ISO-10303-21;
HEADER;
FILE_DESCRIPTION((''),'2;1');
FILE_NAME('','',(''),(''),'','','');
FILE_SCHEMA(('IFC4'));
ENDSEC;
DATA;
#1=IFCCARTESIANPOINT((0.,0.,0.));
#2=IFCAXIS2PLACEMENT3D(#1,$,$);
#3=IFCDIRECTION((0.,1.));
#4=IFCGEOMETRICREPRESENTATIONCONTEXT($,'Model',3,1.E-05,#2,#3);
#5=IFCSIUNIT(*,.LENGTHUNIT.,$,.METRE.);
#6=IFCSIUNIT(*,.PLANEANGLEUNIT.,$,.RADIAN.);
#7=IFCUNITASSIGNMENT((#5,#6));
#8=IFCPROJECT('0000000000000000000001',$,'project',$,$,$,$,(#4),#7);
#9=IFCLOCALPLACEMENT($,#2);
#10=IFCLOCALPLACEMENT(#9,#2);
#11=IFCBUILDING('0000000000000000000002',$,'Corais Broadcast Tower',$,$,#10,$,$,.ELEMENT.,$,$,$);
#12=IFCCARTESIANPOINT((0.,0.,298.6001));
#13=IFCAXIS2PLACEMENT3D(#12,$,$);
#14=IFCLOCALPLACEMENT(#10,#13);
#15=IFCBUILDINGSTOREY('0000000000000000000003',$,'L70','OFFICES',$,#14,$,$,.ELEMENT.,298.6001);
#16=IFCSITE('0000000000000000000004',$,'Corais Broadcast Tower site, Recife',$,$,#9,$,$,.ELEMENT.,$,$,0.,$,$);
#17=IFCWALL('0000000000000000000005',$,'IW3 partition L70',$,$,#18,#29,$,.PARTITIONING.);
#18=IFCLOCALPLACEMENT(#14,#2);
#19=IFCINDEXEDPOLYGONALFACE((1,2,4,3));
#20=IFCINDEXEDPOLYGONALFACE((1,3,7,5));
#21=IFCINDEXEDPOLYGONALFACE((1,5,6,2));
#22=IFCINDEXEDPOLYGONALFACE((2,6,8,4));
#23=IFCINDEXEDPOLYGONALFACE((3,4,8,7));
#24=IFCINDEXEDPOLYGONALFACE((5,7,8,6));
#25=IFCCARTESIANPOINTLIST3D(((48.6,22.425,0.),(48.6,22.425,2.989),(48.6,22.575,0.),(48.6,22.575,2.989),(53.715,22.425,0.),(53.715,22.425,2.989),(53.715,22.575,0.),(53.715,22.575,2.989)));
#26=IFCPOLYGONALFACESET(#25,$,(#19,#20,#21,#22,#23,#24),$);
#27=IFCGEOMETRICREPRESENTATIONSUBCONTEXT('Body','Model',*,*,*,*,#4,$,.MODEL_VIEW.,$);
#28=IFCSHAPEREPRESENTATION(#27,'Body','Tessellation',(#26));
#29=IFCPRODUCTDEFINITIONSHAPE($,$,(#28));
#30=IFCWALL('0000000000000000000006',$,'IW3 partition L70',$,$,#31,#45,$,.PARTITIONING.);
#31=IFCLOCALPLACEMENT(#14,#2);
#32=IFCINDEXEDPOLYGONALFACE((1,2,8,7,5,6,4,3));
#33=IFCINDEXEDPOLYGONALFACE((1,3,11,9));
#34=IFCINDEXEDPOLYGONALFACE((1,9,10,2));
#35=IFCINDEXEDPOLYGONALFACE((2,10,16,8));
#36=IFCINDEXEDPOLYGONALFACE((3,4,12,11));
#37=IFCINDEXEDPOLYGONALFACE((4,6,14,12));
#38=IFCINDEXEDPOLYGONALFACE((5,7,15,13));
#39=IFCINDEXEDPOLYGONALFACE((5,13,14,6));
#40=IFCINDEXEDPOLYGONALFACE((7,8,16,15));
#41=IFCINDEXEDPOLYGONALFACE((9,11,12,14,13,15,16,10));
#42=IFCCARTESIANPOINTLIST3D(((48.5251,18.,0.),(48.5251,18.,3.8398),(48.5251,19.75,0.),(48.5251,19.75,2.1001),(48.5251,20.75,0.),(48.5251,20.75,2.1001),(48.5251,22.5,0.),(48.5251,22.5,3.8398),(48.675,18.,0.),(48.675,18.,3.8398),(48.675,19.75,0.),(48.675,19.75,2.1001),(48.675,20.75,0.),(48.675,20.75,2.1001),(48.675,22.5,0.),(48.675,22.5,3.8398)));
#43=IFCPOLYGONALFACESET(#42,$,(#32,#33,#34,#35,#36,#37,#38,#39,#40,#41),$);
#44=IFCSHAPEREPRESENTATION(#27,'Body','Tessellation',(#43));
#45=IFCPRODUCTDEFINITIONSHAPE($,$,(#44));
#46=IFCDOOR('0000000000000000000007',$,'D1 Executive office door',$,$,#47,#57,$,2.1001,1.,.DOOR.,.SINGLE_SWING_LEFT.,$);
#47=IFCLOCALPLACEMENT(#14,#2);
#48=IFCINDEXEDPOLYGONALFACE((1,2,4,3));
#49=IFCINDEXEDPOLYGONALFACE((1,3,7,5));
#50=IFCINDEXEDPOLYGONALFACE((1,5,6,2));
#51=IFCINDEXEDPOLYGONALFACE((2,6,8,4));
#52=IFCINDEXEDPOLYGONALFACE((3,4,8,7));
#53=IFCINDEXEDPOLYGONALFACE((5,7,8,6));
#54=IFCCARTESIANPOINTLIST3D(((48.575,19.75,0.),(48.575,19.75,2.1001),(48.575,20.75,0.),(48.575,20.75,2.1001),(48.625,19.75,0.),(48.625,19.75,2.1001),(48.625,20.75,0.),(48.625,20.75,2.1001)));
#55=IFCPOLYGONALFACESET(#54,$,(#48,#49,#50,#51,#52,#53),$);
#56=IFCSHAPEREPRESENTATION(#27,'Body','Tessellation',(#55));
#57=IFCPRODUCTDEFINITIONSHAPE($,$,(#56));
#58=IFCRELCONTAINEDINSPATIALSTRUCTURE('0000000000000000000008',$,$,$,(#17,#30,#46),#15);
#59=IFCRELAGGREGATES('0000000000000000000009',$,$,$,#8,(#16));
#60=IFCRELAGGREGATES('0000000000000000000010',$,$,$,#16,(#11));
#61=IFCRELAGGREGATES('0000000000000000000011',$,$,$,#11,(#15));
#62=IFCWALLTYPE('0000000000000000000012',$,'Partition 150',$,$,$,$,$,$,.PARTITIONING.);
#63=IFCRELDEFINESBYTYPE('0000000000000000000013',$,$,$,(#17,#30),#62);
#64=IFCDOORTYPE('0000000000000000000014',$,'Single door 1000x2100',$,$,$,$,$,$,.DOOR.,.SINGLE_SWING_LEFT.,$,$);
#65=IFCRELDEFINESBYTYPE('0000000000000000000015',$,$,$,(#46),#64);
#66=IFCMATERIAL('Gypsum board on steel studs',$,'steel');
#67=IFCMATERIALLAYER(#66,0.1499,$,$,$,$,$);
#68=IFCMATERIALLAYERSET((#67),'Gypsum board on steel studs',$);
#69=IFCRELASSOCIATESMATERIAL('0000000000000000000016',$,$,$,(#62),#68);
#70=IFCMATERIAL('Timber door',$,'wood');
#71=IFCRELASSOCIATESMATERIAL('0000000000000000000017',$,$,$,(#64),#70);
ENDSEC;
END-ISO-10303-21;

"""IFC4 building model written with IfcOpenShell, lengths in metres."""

from ifc_helpers import new_model, si_unit, direction, frame, frame_2d, origin, place, context, subcontext, project, spatial, rectangle, extrude, material, layer, layer_set, type_object, element, fill, save


model = new_model("IFC4")

# Units and contexts
model_context = context("Model", 3, precision=1e-05, world=origin(), true_north=direction((0.0, 1.0)))
body_context = subcontext(model_context, "Body", "Model", "MODEL_VIEW")
ifc_project = project(units=[si_unit("LENGTHUNIT", "METRE"), si_unit("PLANEANGLEUNIT", "RADIAN")], contexts=[model_context])

# Site, building, storey
site_placement = place(None, origin())
site = spatial("IfcSite", under=ifc_project, at=site_placement, Name="Corais Broadcast Tower site, Recife", CompositionType="ELEMENT", RefElevation=0.0)
building_placement = place(site_placement, origin())
building = spatial("IfcBuilding", under=site, at=building_placement, Name="Corais Broadcast Tower", CompositionType="ELEMENT")
storey_placement = place(building_placement, frame((0.0, 0.0, 298.6001)))
storey = spatial("IfcBuildingStorey", under=building, at=storey_placement, Name="L70", Description="OFFICES", CompositionType="ELEMENT", Elevation=298.6001)

# Wall
ifc_material_1 = material(Name="Gypsum board on steel studs", Category="steel")
ifc_layer_1 = layer(ifc_material_1, 0.1499)
ifc_layer_set_1 = layer_set([ifc_layer_1], Name="Gypsum board on steel studs")
wall_type = type_object("IfcWallType", Name="Partition 150", PredefinedType="PARTITIONING", material=ifc_layer_set_1)
for number, where, z_axis, x_axis, name in (
    (1, (53.7151, 22.5, 0.0), (0.0, 0.0, 1.0), (-1.0, 0.0, 0.0), "IW3 partition L70"),
):
    element("IfcWall", number, at=place(storey_placement, frame(where, z_axis=z_axis, x_axis=x_axis)), inside=storey, type_object=wall_type, Name=name, PredefinedType="PARTITIONING", context=body_context, shape_type="SweptSolid", body=[
        extrude(rectangle(XDim=5.115, YDim=0.1499, at=frame_2d((2.5576, 0.0))), origin(), (0.0, 0.0, 1.0), 2.989),
    ])

# Wall, opening, door
wall_placement = place(storey_placement, frame((48.6001, 22.5, 0.0), z_axis=(0.0, 0.0, 1.0), x_axis=(0.0, -1.0, 0.0)))
wall = element("IfcWall", 2, at=wall_placement, inside=storey, type_object=wall_type, Name="IW3 partition L70", PredefinedType="PARTITIONING", context=body_context, shape_type="SweptSolid", body=[
    extrude(rectangle(XDim=4.5, YDim=0.1499, at=frame_2d((2.25, 0.0))), origin(), (0.0, 0.0, 1.0), 3.8398),
])
opening_placement = place(wall_placement, frame((1.75, 0.0, 0.0)))
opening = element("IfcOpeningElement", 3, at=opening_placement, cuts=wall, PredefinedType="OPENING", context=body_context, shape_type="SweptSolid", body=[
    extrude(rectangle(XDim=1.0, YDim=2.1001, at=frame_2d((0.5, 1.05))), frame((0.0, 0.085, 0.0), z_axis=(0.0, -1.0, 0.0), x_axis=(1.0, 0.0, 0.0)), (0.0, 0.0, 1.0), 0.1699),
])
ifc_material_2 = material(Name="Timber door", Category="wood")
door_type = type_object("IfcDoorType", Name="Single door 1000x2100", OperationType="SINGLE_SWING_LEFT", PredefinedType="DOOR", material=ifc_material_2)
door_placement = place(opening_placement, origin())
door = element("IfcDoor", 4, at=door_placement, inside=storey, type_object=door_type, Name="D1 Executive office door", OperationType="SINGLE_SWING_LEFT", OverallHeight=2.1001, OverallWidth=1.0, PredefinedType="DOOR", context=body_context, shape_type="SweptSolid", body=[
    extrude(rectangle(XDim=1.0, YDim=2.1001, at=frame_2d((0.5, 1.05))), frame((0.0, 0.0249, 0.0), z_axis=(0.0, -1.0, 0.0), x_axis=(1.0, 0.0, 0.0)), (0.0, 0.0, 1.0), 0.05),
])
fill(opening, door)

save(model, "model.ifc")
